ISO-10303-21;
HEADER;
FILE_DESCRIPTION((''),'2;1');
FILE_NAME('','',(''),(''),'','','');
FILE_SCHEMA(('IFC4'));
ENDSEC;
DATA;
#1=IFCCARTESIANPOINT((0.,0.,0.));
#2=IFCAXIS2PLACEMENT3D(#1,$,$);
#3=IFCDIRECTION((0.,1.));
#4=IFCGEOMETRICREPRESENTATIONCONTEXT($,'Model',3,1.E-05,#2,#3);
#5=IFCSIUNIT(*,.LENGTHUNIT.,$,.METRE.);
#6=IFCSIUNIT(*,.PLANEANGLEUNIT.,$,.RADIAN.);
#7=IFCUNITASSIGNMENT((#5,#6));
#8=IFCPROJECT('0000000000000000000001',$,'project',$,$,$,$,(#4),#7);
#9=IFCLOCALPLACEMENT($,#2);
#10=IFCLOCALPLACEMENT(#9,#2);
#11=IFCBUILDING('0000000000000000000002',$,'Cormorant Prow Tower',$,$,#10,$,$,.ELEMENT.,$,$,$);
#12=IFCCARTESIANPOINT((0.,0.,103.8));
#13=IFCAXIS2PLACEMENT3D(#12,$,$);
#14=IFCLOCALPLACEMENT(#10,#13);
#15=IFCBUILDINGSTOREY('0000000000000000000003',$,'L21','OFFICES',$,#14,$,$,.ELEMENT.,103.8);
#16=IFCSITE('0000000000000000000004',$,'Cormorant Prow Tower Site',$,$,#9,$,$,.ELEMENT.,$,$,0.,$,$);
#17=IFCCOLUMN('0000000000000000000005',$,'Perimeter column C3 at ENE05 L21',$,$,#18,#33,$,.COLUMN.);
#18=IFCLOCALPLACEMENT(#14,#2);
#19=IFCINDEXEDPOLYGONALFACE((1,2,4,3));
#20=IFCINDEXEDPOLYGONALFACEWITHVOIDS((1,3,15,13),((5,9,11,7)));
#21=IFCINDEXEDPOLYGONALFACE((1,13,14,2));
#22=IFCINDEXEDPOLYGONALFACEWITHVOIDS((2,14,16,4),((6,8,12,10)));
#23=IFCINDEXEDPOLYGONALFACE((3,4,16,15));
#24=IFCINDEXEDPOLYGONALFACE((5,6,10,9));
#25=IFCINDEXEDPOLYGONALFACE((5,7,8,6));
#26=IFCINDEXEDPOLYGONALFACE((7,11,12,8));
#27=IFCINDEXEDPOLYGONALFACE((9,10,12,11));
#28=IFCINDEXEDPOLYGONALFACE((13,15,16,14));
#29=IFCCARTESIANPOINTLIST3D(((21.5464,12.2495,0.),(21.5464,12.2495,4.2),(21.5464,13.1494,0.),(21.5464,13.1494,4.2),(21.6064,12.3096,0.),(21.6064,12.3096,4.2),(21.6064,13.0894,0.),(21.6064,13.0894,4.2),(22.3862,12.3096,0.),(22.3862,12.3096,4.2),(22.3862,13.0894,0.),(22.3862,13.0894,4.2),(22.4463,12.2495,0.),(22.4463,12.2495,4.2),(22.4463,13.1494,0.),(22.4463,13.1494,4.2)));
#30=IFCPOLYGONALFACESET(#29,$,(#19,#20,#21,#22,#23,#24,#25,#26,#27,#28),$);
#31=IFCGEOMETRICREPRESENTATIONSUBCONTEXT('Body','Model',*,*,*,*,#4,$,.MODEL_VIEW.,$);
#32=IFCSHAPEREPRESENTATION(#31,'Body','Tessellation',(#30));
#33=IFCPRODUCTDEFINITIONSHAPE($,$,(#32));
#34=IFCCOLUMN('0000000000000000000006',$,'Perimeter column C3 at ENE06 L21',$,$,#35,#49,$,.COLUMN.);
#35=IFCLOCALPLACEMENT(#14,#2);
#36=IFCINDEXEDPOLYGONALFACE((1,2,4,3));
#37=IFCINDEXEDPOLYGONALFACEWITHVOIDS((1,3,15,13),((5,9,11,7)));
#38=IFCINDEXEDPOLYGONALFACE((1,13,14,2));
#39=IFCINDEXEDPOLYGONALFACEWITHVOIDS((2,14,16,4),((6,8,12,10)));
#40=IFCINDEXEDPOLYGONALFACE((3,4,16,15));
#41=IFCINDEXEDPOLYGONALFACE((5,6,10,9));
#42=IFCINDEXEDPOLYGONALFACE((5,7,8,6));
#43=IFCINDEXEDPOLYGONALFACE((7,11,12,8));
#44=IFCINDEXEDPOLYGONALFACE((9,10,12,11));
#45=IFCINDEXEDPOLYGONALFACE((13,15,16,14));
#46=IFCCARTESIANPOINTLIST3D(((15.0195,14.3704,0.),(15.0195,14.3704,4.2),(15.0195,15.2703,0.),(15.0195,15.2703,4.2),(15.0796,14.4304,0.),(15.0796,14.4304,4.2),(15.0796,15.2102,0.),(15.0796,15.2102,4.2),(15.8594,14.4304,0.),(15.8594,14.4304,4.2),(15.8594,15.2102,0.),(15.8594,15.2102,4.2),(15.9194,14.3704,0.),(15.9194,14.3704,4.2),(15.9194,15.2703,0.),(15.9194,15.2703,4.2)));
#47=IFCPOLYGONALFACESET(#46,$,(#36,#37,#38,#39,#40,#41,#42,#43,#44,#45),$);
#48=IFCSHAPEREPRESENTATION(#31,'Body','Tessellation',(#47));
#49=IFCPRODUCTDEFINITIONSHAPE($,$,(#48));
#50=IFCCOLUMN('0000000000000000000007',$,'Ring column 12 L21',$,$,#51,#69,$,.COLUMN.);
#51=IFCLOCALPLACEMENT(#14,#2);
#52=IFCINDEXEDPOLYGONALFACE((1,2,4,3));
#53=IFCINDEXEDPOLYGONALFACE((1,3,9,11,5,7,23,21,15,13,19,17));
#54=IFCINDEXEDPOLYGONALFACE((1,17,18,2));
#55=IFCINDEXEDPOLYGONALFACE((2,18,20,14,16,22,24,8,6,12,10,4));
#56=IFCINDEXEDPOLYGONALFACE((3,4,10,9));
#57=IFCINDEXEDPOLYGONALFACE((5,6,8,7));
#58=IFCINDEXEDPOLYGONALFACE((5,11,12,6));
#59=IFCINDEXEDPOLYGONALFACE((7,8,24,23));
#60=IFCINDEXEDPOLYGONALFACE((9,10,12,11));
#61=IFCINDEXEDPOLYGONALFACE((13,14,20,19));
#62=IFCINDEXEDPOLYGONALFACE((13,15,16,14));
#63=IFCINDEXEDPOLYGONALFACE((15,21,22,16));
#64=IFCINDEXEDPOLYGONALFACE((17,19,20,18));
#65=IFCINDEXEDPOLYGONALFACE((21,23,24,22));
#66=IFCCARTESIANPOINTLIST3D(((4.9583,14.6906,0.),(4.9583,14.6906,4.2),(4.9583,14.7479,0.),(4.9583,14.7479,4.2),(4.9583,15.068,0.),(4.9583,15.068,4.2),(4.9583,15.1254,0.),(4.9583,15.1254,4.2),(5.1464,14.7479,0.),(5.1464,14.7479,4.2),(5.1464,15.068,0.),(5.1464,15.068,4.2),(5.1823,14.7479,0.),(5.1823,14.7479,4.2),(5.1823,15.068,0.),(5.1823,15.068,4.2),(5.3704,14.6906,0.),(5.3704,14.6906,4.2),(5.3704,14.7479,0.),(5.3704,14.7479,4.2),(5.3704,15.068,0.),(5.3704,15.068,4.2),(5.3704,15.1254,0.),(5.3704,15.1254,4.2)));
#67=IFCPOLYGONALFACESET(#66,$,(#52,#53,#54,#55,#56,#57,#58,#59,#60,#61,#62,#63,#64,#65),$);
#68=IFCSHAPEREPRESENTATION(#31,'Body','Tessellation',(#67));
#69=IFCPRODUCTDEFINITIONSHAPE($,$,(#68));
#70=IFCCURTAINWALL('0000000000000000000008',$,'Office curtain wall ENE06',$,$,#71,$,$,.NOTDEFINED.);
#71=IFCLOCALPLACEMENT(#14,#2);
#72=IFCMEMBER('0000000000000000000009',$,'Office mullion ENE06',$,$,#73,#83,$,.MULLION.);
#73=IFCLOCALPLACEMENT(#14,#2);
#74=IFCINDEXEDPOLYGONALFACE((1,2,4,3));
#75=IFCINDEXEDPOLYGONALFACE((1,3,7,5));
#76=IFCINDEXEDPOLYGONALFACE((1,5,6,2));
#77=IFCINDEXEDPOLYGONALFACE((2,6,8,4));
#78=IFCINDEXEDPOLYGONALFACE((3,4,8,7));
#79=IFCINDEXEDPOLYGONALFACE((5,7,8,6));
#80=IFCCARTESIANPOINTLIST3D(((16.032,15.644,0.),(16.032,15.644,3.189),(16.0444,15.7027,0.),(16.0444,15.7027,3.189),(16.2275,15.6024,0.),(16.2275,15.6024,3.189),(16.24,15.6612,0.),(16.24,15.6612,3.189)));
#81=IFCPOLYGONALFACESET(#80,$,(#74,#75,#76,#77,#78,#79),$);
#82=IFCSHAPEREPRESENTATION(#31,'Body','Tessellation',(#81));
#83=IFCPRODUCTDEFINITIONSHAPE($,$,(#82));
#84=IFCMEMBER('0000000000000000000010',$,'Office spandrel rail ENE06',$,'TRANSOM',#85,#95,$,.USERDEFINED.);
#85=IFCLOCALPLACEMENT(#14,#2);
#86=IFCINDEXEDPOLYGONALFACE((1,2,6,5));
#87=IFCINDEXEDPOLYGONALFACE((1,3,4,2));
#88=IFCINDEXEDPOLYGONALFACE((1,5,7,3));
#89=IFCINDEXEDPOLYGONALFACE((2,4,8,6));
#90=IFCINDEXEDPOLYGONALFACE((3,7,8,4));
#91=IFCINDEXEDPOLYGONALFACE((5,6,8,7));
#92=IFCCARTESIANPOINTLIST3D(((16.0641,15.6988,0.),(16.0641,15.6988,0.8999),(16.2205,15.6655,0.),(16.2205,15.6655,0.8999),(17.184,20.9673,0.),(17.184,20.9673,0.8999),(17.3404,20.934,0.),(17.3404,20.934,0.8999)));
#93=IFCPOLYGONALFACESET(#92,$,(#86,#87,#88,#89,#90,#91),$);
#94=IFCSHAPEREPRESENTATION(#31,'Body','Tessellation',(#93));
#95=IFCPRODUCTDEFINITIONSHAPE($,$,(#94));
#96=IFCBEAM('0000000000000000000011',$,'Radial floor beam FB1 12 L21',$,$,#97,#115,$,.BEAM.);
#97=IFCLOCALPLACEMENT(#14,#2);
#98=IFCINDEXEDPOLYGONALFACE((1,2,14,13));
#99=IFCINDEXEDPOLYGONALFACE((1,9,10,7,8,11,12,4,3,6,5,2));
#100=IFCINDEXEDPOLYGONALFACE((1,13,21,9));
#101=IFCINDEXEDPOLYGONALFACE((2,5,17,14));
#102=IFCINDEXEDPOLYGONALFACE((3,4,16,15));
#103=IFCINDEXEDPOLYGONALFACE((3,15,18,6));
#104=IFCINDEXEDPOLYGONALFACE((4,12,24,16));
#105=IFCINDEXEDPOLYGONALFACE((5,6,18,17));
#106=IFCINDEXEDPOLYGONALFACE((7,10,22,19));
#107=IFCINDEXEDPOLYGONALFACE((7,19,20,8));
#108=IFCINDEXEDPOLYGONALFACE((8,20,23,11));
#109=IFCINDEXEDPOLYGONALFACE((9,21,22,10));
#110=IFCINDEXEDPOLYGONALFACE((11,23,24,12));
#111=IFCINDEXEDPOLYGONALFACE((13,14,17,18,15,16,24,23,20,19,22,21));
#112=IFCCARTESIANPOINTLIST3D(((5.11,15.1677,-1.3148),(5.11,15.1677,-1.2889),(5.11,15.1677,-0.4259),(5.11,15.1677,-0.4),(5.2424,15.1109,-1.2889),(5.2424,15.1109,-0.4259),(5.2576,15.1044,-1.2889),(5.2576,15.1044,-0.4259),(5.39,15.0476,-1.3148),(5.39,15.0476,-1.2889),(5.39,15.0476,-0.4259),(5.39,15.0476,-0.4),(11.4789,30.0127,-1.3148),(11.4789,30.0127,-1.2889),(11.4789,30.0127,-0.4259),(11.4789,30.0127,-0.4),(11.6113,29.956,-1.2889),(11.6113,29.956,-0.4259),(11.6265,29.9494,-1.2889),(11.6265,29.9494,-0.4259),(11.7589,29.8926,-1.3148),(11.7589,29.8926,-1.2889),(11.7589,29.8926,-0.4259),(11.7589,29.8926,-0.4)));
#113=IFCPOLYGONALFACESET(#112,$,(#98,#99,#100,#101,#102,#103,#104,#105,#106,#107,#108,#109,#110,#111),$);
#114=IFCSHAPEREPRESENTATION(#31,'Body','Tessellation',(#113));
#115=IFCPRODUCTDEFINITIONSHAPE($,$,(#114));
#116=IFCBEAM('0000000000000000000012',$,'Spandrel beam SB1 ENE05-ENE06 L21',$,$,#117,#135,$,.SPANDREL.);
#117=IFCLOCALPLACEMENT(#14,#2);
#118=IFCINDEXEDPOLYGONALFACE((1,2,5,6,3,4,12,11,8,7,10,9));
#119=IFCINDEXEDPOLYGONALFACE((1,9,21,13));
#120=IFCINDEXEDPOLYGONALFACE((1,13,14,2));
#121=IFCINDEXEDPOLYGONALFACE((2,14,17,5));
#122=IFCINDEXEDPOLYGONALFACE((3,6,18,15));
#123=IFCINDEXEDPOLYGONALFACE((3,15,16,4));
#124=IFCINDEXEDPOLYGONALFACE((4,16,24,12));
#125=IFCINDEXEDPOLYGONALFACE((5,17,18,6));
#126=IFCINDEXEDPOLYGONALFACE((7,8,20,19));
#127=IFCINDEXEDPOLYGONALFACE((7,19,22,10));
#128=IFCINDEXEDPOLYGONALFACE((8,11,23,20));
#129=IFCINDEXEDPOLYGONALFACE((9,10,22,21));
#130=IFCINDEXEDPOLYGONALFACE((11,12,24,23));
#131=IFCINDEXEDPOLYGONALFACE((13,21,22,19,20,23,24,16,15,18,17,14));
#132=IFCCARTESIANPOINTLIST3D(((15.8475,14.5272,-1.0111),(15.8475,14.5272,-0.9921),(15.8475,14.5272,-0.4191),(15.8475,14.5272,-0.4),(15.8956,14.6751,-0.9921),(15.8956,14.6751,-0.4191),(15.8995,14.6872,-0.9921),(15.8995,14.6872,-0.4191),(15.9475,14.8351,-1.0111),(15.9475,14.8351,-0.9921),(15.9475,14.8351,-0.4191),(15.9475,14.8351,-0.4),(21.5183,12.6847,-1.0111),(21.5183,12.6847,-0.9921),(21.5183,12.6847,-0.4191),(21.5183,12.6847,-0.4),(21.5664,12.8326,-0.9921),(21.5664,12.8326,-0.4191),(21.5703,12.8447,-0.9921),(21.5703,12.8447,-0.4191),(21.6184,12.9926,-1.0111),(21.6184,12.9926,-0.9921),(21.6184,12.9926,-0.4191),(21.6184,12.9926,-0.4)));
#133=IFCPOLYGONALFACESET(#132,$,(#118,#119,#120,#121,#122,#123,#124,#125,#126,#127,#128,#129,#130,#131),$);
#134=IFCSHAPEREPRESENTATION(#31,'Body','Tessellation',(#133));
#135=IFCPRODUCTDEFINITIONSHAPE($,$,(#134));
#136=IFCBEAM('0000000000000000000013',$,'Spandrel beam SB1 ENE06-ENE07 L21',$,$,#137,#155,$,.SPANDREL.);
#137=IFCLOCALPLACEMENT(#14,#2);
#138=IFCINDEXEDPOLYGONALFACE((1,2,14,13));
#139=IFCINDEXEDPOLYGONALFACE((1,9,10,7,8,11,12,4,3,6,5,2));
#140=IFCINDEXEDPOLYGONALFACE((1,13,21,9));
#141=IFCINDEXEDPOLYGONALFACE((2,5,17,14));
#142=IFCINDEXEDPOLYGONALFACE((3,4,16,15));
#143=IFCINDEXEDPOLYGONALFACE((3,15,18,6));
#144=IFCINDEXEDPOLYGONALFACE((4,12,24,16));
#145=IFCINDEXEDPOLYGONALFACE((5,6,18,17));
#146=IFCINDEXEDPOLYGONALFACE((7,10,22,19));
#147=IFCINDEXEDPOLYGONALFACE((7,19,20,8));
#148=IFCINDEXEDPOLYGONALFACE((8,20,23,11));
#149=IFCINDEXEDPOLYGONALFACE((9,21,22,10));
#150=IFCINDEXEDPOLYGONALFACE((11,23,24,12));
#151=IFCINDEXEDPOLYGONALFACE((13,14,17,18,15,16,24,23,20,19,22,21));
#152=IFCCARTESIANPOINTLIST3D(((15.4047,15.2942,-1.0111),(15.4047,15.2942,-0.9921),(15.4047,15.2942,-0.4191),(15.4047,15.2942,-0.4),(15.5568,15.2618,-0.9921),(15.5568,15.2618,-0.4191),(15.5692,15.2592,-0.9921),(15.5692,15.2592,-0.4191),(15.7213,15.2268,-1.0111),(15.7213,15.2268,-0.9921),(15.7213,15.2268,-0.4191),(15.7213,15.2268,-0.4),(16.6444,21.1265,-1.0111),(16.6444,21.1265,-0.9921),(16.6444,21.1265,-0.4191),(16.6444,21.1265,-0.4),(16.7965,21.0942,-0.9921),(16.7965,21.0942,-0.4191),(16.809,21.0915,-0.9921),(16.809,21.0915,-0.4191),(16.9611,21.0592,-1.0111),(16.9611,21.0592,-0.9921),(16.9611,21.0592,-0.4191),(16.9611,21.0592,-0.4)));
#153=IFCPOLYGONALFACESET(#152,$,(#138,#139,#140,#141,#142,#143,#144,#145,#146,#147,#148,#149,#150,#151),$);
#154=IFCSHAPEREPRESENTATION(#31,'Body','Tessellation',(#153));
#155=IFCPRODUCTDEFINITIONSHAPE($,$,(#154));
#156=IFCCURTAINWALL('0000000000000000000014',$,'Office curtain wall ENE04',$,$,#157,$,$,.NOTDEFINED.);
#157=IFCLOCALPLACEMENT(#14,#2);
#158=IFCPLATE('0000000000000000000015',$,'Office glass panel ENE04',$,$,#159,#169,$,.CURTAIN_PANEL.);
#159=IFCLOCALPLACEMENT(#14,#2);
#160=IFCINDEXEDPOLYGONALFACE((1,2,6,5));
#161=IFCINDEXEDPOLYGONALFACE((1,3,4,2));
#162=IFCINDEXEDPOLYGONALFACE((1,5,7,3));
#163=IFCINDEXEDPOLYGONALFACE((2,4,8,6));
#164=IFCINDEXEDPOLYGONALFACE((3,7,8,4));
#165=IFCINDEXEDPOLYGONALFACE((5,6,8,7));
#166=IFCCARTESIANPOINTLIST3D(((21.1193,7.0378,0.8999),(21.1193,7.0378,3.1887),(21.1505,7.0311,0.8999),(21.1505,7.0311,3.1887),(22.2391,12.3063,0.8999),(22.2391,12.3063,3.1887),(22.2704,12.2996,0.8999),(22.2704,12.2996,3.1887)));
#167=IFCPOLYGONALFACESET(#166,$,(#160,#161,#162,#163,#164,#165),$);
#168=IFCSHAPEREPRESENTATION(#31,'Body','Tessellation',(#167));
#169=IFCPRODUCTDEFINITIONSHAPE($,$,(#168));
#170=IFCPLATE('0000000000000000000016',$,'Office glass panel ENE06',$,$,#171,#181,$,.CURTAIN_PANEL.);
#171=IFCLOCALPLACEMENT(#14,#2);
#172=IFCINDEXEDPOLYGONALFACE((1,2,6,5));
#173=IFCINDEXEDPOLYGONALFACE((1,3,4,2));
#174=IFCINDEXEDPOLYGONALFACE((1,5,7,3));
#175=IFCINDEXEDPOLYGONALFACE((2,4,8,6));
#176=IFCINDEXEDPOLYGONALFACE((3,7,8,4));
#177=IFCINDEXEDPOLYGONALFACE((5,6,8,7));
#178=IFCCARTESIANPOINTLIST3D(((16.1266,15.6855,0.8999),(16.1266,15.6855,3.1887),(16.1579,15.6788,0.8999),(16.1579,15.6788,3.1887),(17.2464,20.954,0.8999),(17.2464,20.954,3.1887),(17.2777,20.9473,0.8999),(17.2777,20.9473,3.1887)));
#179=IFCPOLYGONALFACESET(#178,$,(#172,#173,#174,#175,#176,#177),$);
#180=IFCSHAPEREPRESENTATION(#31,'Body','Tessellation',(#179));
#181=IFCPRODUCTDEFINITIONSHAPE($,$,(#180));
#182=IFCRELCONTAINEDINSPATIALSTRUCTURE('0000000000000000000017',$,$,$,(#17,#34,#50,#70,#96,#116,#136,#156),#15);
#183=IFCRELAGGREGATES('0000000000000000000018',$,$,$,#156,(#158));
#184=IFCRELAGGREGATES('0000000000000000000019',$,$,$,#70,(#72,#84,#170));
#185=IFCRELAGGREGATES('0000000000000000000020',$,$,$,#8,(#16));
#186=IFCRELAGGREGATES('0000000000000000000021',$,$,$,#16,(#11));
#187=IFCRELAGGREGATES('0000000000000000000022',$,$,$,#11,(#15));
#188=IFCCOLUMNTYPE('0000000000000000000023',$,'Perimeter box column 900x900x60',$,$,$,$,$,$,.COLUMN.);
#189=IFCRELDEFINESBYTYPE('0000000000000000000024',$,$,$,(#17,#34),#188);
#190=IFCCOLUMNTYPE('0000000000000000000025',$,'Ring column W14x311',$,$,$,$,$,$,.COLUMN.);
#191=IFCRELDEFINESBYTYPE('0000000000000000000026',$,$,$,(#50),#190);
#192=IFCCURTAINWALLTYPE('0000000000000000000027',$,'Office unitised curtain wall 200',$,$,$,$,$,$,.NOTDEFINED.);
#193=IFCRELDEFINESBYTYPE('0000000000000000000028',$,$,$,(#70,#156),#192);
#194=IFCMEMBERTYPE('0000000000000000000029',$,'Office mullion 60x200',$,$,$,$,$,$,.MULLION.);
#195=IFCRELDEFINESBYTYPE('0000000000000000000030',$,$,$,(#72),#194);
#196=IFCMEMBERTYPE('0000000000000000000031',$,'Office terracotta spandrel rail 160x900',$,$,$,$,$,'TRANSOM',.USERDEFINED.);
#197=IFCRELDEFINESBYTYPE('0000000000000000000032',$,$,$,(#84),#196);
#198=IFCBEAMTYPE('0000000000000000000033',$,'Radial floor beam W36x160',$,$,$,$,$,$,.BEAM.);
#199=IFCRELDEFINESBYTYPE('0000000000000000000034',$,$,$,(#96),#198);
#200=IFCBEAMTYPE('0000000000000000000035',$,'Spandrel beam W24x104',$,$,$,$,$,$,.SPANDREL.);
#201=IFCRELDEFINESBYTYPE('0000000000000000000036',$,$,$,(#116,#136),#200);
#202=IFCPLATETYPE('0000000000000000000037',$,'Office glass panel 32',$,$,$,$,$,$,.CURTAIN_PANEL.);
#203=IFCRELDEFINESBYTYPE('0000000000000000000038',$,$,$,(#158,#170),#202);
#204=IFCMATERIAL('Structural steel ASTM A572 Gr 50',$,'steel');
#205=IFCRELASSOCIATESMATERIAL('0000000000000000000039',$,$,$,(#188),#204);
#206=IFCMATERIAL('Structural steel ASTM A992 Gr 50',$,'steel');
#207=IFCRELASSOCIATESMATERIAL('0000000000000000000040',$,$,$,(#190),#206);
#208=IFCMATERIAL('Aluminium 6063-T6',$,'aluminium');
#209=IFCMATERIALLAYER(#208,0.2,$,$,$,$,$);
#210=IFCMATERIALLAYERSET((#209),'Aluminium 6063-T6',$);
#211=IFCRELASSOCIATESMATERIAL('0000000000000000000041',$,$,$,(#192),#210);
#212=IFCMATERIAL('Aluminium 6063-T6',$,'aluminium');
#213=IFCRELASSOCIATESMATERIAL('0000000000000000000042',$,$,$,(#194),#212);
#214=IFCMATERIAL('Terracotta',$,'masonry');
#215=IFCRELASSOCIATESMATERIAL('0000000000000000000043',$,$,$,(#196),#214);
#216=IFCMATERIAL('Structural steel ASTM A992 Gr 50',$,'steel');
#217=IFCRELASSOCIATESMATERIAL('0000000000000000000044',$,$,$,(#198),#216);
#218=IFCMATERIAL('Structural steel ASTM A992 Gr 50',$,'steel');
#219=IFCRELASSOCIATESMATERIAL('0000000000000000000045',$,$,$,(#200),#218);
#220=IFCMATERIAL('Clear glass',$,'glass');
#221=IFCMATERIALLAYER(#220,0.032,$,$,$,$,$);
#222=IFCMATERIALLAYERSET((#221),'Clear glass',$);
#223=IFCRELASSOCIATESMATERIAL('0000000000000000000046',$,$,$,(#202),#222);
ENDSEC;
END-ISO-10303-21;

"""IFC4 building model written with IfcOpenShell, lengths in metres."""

from ifc_helpers import new_model, si_unit, direction, frame, origin, origin_2d, place, context, subcontext, project, spatial, rectangle, hollow_rectangle, i_section, extrude, material, layer, layer_set, material_profile, profile_set, type_object, element, aggregate, save


model = new_model("IFC4")

# Units and contexts
model_context = context("Model", 3, precision=1e-05, world=origin(), true_north=direction((0.0, 1.0)))
body_context = subcontext(model_context, "Body", "Model", "MODEL_VIEW")
ifc_project = project(units=[si_unit("LENGTHUNIT", "METRE"), si_unit("PLANEANGLEUNIT", "RADIAN")], contexts=[model_context])

# Site, building, storey
site_placement = place(None, origin())
site = spatial("IfcSite", under=ifc_project, at=site_placement, Name="Cormorant Prow Tower Site", CompositionType="ELEMENT", RefElevation=0.0)
building_placement = place(site_placement, origin())
building = spatial("IfcBuilding", under=site, at=building_placement, Name="Cormorant Prow Tower", CompositionType="ELEMENT")
storey_placement = place(building_placement, frame((0.0, 0.0, 103.8)))
storey = spatial("IfcBuildingStorey", under=building, at=storey_placement, Name="L21", Description="OFFICES", CompositionType="ELEMENT", Elevation=103.8)

# Columns
ifc_material_1 = material(Name="Structural steel ASTM A572 Gr 50", Category="steel")
ifc_material_profile_1 = material_profile(ifc_material_1, hollow_rectangle(XDim=0.8999, YDim=0.8999, WallThickness=0.0601, at=origin_2d()), Name="Box 900x900x60")
ifc_profile_set_1 = profile_set([ifc_material_profile_1], Name="Structural steel ASTM A572 Gr 50")
column_type_1 = type_object("IfcColumnType", Name="Perimeter box column 900x900x60", PredefinedType="COLUMN", material=ifc_profile_set_1)
for number, where, z_axis, x_axis, name in (
    (1, (21.9963, 12.6995, 0.0), (0.0, 0.0, 1.0), (1.0, 0.0, 0.0), "Perimeter column C3 at ENE05 L21"),
    (2, (15.4695, 14.8203, 0.0), (0.0, 0.0, 1.0), (1.0, 0.0, 0.0), "Perimeter column C3 at ENE06 L21"),
):
    element("IfcColumn", number, at=place(storey_placement, frame(where, z_axis=z_axis, x_axis=x_axis)), inside=storey, type_object=column_type_1, Name=name, PredefinedType="COLUMN", context=body_context, shape_type="SweptSolid", body=[
        extrude(hollow_rectangle(XDim=0.8999, YDim=0.8999, WallThickness=0.0601, at=origin_2d()), origin(), (0.0, 0.0, 1.0), 4.2),
    ])
ifc_material_2 = material(Name="Structural steel ASTM A992 Gr 50", Category="steel")
ifc_material_profile_2 = material_profile(ifc_material_2, i_section(OverallWidth=0.4121, OverallDepth=0.4348, WebThickness=0.0359, FlangeThickness=0.0574, at=origin_2d()), Name="W14x311")
ifc_profile_set_2 = profile_set([ifc_material_profile_2], Name="Structural steel ASTM A992 Gr 50")
column_type_2 = type_object("IfcColumnType", Name="Ring column W14x311", PredefinedType="COLUMN", material=ifc_profile_set_2)
column_placement = place(storey_placement, frame((5.1643, 14.908, 0.0), z_axis=(0.0, 0.0, 1.0), x_axis=(1.0, 0.0, 0.0)))
element("IfcColumn", 3, at=column_placement, inside=storey, type_object=column_type_2, Name="Ring column 12 L21", PredefinedType="COLUMN", context=body_context, shape_type="SweptSolid", body=[
    extrude(i_section(OverallWidth=0.4121, OverallDepth=0.4348, WebThickness=0.0359, FlangeThickness=0.0574, at=origin_2d()), origin(), (0.0, 0.0, 1.0), 4.2),
])

# Curtain wall, members
ifc_material_3 = material(Name="Aluminium 6063-T6", Category="aluminium")
ifc_layer_1 = layer(ifc_material_3, 0.2)
ifc_layer_set_1 = layer_set([ifc_layer_1], Name="Aluminium 6063-T6")
curtain_wall_type = type_object("IfcCurtainWallType", Name="Office unitised curtain wall 200", PredefinedType="NOTDEFINED", material=ifc_layer_set_1)
curtain_wall_1_placement = place(storey_placement, origin())
curtain_wall_1 = element("IfcCurtainWall", 4, at=curtain_wall_1_placement, inside=storey, type_object=curtain_wall_type, Name="Office curtain wall ENE06", PredefinedType="NOTDEFINED")
ifc_material_4 = material(Name="Aluminium 6063-T6", Category="aluminium")
ifc_material_profile_3 = material_profile(ifc_material_4, rectangle(XDim=0.2, YDim=0.0601, at=origin_2d()), Name="Office mullion 60x200")
ifc_profile_set_3 = profile_set([ifc_material_profile_3], Name="Aluminium 6063-T6")
member_type_1 = type_object("IfcMemberType", Name="Office mullion 60x200", PredefinedType="MULLION", material=ifc_profile_set_3)
member_1_placement = place(storey_placement, frame((16.136, 15.6526, 0.0), z_axis=(0.0, 0.0, 1.0), x_axis=(-0.978148, 0.207912, 0.0)))
member_1 = element("IfcMember", 5, at=member_1_placement, type_object=member_type_1, Name="Office mullion ENE06", PredefinedType="MULLION", context=body_context, shape_type="SweptSolid", body=[
    extrude(rectangle(XDim=0.2, YDim=0.0601, at=origin_2d()), origin(), (0.0, 0.0, 1.0), 3.189),
])
ifc_material_5 = material(Name="Terracotta", Category="masonry")
ifc_material_profile_4 = material_profile(ifc_material_5, rectangle(XDim=0.1599, YDim=0.8999, at=origin_2d()), Name="Office terracotta spandrel rail 160x900")
ifc_profile_set_4 = profile_set([ifc_material_profile_4], Name="Terracotta")
member_type_2 = type_object("IfcMemberType", Name="Office terracotta spandrel rail 160x900", ElementType="TRANSOM", PredefinedType="USERDEFINED", material=ifc_profile_set_4)
member_2_placement = place(storey_placement, frame((16.1423, 15.6821, 0.45), z_axis=(0.207913, 0.978147, 0.0), x_axis=(-0.978147, 0.207913, 0.0)))
member_2 = element("IfcMember", 6, at=member_2_placement, type_object=member_type_2, Name="Office spandrel rail ENE06", ObjectType="TRANSOM", PredefinedType="USERDEFINED", context=body_context, shape_type="SweptSolid", body=[
    extrude(rectangle(XDim=0.1599, YDim=0.8999, at=origin_2d()), origin(), (0.0, 0.0, 1.0), 5.3862),
])

# Beams
ifc_material_6 = material(Name="Structural steel ASTM A992 Gr 50", Category="steel")
ifc_material_profile_5 = material_profile(ifc_material_6, i_section(OverallWidth=0.3047, OverallDepth=0.9148, WebThickness=0.0166, FlangeThickness=0.0259, at=origin_2d()), Name="W36x160")
ifc_profile_set_5 = profile_set([ifc_material_profile_5], Name="Structural steel ASTM A992 Gr 50")
beam_type_1 = type_object("IfcBeamType", Name="Radial floor beam W36x160", PredefinedType="BEAM", material=ifc_profile_set_5)
beam_placement = place(storey_placement, frame((5.25, 15.1077, -0.8574), z_axis=(0.394273, 0.918993, 0.0), x_axis=(-0.918993, 0.394273, 0.0)))
element("IfcBeam", 7, at=beam_placement, inside=storey, type_object=beam_type_1, Name="Radial floor beam FB1 12 L21", PredefinedType="BEAM", context=body_context, shape_type="SweptSolid", body=[
    extrude(i_section(OverallWidth=0.3047, OverallDepth=0.9148, WebThickness=0.0166, FlangeThickness=0.0259, at=origin_2d()), origin(), (0.0, 0.0, 1.0), 16.1536),
])
ifc_material_7 = material(Name="Structural steel ASTM A992 Gr 50", Category="steel")
ifc_material_profile_6 = material_profile(ifc_material_7, i_section(OverallWidth=0.3237, OverallDepth=0.6111, WebThickness=0.0127, FlangeThickness=0.019, at=origin_2d()), Name="W24x104")
ifc_profile_set_6 = profile_set([ifc_material_profile_6], Name="Structural steel ASTM A992 Gr 50")
beam_type_2 = type_object("IfcBeamType", Name="Spandrel beam W24x104", PredefinedType="SPANDREL", material=ifc_profile_set_6)
for number, where, z_axis, x_axis, name in (
    (8, (21.5684, 12.8386, -0.7056), (-0.951059, 0.309008, 0.0), (-0.309008, -0.951059, 0.0), "Spandrel beam SB1 ENE05-ENE06 L21"),
    (9, (15.563, 15.2605, -0.7056), (0.207921, 0.978146, 0.0), (-0.978146, 0.207921, 0.0), "Spandrel beam SB1 ENE06-ENE07 L21"),
):
    element("IfcBeam", number, at=place(storey_placement, frame(where, z_axis=z_axis, x_axis=x_axis)), inside=storey, type_object=beam_type_2, Name=name, PredefinedType="SPANDREL", context=body_context, shape_type="SweptSolid", body=[
        extrude(i_section(OverallWidth=0.3237, OverallDepth=0.6111, WebThickness=0.0127, FlangeThickness=0.019, at=origin_2d()), origin(), (0.0, 0.0, 1.0), 5.9626),
    ])

# Curtain wall, plate
curtain_wall_2_placement = place(storey_placement, origin())
curtain_wall_2 = element("IfcCurtainWall", 10, at=curtain_wall_2_placement, inside=storey, type_object=curtain_wall_type, Name="Office curtain wall ENE04", PredefinedType="NOTDEFINED")
ifc_material_8 = material(Name="Clear glass", Category="glass")
ifc_layer_2 = layer(ifc_material_8, 0.032)
ifc_layer_set_2 = layer_set([ifc_layer_2], Name="Clear glass")
plate_type = type_object("IfcPlateType", Name="Office glass panel 32", PredefinedType="CURTAIN_PANEL", material=ifc_layer_set_2)
plate_1_placement = place(storey_placement, frame((21.6948, 9.6687, 0.8999), z_axis=(0.0, 0.0, 1.0), x_axis=(0.207912, 0.978148, 0.0)))
plate_1 = element("IfcPlate", 11, at=plate_1_placement, type_object=plate_type, Name="Office glass panel ENE04", PredefinedType="CURTAIN_PANEL", context=body_context, shape_type="SweptSolid", body=[
    extrude(rectangle(XDim=5.3862, YDim=0.032, at=origin_2d()), origin(), (0.0, 0.0, 1.0), 2.2888),
])
aggregate(curtain_wall_2, [plate_1])

# Plate
plate_2_placement = place(storey_placement, frame((16.7021, 18.3164, 0.8999), z_axis=(0.0, 0.0, 1.0), x_axis=(0.207912, 0.978148, 0.0)))
plate_2 = element("IfcPlate", 12, at=plate_2_placement, type_object=plate_type, Name="Office glass panel ENE06", PredefinedType="CURTAIN_PANEL", context=body_context, shape_type="SweptSolid", body=[
    extrude(rectangle(XDim=5.3862, YDim=0.032, at=origin_2d()), origin(), (0.0, 0.0, 1.0), 2.2888),
])
aggregate(curtain_wall_1, [member_1, member_2, plate_2])

save(model, "model.ifc")
